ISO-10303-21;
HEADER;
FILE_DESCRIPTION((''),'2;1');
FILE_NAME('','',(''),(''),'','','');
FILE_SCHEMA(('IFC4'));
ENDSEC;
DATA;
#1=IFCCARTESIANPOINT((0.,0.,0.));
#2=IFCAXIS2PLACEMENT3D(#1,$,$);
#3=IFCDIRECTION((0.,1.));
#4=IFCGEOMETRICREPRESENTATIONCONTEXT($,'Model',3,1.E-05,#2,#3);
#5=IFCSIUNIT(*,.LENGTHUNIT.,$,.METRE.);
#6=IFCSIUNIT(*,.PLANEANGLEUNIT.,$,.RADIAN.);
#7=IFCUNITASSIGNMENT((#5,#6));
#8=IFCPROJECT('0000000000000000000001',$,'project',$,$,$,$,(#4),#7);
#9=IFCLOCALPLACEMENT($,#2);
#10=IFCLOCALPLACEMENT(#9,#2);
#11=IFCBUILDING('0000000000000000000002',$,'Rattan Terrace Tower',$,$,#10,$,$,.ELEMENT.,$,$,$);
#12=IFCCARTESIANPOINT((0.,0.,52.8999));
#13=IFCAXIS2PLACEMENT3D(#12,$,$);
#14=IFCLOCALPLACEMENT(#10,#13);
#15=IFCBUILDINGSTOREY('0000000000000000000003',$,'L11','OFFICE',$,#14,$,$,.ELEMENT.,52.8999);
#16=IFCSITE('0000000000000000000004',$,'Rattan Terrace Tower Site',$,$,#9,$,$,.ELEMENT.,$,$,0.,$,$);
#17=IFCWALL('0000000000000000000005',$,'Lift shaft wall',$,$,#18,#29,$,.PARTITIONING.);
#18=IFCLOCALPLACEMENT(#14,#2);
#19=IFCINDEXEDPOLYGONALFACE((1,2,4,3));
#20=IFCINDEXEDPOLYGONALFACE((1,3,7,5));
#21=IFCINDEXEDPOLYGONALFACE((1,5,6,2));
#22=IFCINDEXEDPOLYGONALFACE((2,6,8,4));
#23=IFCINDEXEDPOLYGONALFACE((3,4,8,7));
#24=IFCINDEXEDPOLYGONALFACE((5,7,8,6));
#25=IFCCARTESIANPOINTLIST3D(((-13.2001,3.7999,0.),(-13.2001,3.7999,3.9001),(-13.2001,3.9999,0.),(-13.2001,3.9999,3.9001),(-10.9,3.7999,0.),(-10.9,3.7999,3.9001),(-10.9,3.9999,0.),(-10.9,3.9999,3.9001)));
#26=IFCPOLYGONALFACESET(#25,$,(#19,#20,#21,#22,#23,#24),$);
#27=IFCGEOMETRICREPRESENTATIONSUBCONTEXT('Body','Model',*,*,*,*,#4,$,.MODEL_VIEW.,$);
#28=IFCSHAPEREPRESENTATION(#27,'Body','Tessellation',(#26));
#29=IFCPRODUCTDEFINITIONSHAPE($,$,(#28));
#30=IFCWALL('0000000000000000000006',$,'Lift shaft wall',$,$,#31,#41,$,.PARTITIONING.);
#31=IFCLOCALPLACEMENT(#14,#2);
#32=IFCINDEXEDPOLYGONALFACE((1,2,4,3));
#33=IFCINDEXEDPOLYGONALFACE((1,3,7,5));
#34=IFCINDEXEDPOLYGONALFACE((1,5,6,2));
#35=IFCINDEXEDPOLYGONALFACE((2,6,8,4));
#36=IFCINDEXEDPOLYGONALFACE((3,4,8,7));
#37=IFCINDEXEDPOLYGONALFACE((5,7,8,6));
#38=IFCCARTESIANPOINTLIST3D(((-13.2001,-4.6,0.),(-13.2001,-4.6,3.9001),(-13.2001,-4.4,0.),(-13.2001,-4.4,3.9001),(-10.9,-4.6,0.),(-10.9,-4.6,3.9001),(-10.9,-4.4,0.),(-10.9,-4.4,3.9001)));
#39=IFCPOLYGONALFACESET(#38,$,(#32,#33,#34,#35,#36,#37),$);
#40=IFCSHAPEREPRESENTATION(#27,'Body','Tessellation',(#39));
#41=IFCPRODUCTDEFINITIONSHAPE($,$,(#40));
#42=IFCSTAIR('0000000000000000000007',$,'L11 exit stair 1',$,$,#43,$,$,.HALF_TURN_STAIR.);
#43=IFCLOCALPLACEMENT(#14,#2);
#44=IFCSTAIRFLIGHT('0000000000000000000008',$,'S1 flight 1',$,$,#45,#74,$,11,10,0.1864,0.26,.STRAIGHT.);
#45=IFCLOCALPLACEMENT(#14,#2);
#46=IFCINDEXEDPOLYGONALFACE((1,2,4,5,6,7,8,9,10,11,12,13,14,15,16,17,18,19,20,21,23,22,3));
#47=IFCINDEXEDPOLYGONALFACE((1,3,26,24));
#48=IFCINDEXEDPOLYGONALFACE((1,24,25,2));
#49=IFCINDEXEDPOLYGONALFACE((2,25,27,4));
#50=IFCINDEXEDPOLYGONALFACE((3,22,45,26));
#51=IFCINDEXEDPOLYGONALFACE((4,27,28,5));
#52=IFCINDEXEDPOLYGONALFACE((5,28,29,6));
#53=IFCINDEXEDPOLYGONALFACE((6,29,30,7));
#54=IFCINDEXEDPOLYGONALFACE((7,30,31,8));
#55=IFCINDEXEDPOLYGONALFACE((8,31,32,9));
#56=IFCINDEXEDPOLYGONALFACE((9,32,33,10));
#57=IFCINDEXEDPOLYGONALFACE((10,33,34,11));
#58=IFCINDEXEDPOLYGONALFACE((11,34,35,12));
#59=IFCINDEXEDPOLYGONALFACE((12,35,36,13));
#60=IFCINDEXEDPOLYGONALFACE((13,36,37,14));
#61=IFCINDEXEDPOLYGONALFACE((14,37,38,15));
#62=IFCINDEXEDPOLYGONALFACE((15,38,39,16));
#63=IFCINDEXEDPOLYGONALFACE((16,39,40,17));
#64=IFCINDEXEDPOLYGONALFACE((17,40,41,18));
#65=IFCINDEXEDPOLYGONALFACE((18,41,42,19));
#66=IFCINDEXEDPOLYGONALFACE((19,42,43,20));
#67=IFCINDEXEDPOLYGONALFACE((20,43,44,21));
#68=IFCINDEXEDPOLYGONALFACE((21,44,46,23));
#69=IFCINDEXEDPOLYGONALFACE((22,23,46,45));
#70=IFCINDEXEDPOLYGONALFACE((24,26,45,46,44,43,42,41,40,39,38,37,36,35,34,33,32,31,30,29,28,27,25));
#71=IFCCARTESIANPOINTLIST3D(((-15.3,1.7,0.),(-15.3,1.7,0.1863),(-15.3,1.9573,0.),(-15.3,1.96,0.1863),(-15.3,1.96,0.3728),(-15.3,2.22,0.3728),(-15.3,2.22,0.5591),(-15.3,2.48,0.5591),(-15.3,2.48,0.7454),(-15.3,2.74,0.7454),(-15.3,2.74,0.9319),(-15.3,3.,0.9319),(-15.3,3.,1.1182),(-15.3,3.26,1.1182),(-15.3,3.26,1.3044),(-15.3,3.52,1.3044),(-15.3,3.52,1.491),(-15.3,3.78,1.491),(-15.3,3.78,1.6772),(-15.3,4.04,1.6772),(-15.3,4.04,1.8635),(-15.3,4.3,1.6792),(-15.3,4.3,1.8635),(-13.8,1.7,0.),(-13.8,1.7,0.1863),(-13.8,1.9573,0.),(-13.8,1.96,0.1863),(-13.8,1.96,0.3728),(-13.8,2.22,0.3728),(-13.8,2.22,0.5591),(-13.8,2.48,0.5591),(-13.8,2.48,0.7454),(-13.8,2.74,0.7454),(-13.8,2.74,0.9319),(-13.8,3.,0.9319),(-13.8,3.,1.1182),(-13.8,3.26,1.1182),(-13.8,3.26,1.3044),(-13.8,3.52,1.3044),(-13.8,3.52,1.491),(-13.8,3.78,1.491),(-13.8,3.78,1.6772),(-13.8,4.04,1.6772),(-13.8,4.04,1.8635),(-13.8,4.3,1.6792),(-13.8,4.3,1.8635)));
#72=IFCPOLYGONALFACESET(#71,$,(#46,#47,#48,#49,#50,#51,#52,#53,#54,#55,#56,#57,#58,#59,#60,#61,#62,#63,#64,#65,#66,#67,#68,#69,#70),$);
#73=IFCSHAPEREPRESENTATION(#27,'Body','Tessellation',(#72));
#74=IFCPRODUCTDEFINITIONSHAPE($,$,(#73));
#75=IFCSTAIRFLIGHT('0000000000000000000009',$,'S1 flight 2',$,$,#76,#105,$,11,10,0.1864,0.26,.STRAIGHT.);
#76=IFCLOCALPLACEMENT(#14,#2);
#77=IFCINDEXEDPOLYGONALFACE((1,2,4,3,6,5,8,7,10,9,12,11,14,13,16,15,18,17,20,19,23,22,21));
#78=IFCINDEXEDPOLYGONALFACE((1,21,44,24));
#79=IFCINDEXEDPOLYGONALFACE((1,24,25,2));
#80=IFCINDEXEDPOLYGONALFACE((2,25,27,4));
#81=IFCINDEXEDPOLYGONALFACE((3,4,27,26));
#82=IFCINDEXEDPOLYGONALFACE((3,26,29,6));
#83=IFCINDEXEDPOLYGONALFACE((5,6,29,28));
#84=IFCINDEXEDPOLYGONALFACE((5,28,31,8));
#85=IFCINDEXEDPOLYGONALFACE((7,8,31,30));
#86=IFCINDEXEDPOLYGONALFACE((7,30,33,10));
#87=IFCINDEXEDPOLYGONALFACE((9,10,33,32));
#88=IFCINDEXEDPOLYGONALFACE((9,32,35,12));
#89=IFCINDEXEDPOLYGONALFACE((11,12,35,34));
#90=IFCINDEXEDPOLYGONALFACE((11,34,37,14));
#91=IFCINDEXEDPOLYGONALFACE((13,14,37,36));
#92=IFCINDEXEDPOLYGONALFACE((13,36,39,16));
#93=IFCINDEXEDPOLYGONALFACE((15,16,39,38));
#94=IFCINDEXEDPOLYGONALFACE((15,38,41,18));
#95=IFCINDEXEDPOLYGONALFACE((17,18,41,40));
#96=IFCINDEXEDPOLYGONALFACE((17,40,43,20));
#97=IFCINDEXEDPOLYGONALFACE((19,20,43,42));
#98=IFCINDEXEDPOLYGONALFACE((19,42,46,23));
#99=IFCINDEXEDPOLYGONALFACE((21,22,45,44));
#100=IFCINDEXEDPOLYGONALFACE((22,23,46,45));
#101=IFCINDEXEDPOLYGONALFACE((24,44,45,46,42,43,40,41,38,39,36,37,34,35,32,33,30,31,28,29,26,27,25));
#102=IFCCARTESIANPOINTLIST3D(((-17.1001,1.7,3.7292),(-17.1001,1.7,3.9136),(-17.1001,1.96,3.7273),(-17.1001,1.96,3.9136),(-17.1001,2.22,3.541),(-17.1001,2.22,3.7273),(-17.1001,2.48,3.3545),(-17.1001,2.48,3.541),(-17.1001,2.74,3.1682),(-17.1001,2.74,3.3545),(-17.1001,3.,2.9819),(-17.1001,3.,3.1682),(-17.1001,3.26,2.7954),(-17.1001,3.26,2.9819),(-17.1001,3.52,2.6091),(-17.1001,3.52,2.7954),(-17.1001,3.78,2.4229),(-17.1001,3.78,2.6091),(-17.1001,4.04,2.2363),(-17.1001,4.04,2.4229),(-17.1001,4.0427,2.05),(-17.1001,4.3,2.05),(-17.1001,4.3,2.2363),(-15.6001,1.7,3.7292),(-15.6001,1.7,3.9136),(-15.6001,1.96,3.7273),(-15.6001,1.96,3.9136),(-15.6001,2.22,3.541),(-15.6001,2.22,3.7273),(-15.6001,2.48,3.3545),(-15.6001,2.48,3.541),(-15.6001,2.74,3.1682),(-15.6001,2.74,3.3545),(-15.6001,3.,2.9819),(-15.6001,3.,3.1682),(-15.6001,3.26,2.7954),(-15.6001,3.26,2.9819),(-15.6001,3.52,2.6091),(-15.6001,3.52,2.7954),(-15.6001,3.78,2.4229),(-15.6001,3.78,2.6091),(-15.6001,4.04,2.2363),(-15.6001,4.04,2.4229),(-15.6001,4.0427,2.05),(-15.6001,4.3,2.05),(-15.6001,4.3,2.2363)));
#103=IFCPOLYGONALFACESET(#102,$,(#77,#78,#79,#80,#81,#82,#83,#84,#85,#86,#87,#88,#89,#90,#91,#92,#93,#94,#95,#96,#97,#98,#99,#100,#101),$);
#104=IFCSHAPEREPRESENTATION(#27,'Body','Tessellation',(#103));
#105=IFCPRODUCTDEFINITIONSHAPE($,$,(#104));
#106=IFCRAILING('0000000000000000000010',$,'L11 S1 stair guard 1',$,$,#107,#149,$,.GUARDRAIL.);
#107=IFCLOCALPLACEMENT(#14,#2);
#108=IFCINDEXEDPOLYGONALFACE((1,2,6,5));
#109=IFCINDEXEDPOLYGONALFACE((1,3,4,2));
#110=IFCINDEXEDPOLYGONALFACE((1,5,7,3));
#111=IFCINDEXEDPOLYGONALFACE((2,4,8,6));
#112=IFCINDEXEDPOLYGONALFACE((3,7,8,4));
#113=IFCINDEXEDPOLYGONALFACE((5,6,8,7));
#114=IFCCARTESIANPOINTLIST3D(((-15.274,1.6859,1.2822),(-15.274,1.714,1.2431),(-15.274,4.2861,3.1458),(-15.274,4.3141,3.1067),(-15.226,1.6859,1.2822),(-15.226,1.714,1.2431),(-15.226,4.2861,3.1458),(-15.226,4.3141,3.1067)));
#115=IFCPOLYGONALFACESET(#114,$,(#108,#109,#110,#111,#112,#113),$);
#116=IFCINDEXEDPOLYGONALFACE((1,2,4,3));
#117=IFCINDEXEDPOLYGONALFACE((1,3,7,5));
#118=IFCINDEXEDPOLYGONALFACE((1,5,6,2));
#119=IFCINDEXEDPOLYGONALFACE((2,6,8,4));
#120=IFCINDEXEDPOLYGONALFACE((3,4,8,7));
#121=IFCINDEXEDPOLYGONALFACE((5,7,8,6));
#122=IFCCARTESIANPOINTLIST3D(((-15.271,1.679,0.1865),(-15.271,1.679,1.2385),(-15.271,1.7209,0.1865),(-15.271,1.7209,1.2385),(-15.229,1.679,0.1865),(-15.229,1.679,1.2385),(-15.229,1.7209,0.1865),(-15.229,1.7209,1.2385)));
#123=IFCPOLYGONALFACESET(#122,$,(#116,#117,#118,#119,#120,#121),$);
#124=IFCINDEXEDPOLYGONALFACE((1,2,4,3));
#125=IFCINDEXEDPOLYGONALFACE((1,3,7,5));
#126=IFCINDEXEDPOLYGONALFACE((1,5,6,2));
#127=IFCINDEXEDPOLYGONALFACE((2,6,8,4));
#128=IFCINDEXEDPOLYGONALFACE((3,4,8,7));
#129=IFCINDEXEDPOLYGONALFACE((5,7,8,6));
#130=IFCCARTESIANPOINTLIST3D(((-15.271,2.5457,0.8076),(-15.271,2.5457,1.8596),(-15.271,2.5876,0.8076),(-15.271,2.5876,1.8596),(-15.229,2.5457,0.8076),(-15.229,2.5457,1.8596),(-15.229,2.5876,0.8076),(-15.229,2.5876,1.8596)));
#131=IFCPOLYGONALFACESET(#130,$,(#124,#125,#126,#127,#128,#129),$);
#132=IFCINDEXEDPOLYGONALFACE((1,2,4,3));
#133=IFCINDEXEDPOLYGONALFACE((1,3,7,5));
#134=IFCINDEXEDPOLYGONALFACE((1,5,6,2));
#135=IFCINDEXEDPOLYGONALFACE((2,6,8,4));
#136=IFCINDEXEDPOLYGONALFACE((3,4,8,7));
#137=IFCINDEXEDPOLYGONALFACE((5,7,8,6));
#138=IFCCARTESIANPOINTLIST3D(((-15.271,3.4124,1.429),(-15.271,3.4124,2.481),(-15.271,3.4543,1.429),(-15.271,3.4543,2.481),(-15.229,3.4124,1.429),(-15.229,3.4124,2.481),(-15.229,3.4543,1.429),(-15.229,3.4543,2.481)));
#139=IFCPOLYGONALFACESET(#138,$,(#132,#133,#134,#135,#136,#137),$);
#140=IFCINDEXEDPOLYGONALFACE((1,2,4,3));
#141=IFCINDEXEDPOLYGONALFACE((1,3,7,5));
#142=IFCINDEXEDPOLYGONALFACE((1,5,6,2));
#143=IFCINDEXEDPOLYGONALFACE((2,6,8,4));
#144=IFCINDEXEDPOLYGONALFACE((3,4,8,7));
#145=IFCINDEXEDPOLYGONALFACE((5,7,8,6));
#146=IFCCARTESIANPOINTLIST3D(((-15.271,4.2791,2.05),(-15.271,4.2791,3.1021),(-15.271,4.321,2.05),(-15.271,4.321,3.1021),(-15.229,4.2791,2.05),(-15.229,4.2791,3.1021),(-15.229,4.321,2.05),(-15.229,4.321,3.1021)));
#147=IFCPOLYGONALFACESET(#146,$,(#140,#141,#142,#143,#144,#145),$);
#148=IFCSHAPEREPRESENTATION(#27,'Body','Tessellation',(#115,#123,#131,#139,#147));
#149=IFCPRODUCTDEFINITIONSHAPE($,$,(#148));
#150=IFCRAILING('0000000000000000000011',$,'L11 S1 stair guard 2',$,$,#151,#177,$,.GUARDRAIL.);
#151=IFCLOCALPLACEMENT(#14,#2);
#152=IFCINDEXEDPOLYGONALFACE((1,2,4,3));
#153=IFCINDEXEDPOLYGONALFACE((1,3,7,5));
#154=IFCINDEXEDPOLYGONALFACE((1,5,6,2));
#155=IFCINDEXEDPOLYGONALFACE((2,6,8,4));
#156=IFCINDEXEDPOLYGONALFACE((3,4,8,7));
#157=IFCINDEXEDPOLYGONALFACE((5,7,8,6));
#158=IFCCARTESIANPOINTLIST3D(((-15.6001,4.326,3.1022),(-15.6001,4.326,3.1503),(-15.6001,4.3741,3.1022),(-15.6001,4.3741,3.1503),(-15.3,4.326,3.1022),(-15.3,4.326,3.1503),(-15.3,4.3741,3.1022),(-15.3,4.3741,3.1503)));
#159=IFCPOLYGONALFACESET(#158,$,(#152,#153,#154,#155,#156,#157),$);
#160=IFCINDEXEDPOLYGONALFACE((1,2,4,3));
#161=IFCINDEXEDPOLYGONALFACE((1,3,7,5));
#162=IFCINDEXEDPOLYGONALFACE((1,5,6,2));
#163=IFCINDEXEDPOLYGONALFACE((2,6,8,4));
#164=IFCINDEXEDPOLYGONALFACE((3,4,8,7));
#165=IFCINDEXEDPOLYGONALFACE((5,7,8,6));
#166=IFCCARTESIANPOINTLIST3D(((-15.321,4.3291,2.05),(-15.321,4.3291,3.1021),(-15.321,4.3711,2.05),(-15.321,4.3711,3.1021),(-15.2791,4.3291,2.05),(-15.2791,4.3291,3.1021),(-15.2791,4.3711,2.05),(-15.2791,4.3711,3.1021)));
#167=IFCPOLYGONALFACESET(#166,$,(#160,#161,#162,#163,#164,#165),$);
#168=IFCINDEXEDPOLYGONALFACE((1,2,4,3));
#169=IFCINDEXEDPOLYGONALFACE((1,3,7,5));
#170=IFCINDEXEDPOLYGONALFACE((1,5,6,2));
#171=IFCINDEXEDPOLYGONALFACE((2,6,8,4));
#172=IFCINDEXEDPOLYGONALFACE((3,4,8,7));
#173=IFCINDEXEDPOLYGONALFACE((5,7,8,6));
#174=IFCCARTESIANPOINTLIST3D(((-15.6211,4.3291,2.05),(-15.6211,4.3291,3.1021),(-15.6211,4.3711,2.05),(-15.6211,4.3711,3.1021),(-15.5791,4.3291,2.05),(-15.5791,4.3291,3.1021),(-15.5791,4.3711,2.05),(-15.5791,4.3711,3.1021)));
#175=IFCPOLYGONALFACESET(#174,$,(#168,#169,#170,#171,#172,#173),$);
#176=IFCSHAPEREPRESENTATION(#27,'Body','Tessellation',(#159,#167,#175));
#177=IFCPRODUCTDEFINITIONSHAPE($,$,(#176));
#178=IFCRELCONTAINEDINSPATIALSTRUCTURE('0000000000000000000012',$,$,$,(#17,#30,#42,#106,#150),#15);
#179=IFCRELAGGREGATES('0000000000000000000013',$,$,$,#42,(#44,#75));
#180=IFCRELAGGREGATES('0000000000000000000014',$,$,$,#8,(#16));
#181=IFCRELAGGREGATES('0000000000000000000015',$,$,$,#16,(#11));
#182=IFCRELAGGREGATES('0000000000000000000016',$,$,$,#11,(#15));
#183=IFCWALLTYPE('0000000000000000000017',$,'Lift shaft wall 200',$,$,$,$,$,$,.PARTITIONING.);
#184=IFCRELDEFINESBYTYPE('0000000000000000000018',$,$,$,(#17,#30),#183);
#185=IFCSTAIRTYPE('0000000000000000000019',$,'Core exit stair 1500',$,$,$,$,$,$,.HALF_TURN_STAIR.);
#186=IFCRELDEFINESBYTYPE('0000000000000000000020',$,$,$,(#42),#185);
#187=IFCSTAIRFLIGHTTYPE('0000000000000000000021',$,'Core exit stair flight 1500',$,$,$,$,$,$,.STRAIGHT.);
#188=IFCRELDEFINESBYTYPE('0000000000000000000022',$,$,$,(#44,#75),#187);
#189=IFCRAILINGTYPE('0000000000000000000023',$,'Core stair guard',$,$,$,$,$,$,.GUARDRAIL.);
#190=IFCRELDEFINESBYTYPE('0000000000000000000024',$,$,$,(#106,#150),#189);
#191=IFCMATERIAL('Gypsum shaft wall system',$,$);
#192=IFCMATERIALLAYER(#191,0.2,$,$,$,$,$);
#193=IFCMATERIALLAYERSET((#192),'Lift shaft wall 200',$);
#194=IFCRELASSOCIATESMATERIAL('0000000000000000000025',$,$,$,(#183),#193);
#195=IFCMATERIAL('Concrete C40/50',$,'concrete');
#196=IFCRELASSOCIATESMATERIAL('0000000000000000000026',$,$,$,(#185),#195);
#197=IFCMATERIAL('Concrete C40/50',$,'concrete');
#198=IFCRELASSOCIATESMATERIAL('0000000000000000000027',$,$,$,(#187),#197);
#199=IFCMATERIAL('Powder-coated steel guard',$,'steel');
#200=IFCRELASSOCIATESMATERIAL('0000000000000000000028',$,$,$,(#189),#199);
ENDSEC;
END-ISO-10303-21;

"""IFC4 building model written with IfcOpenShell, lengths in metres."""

from ifc_helpers import new_model, si_unit, direction, frame, frame_2d, origin, origin_2d, place, context, subcontext, project, spatial, polyline, rectangle, outline, extrude, material, layer, layer_set, type_object, element, aggregate, save


model = new_model("IFC4")

# Units and contexts
model_context = context("Model", 3, precision=1e-05, world=origin(), true_north=direction((0.0, 1.0)))
body_context = subcontext(model_context, "Body", "Model", "MODEL_VIEW")
ifc_project = project(units=[si_unit("LENGTHUNIT", "METRE"), si_unit("PLANEANGLEUNIT", "RADIAN")], contexts=[model_context])

# Site, building, storey
site_placement = place(None, origin())
site = spatial("IfcSite", under=ifc_project, at=site_placement, Name="Rattan Terrace Tower Site", CompositionType="ELEMENT", RefElevation=0.0)
building_placement = place(site_placement, origin())
building = spatial("IfcBuilding", under=site, at=building_placement, Name="Rattan Terrace Tower", CompositionType="ELEMENT")
storey_placement = place(building_placement, frame((0.0, 0.0, 52.8999)))
storey = spatial("IfcBuildingStorey", under=building, at=storey_placement, Name="L11", Description="OFFICE", CompositionType="ELEMENT", Elevation=52.8999)

# Walls
ifc_material_1 = material(Name="Gypsum shaft wall system")
ifc_layer_1 = layer(ifc_material_1, 0.2)
ifc_layer_set_1 = layer_set([ifc_layer_1], Name="Lift shaft wall 200")
wall_type_1 = type_object("IfcWallType", Name="Lift shaft wall 200", PredefinedType="PARTITIONING", material=ifc_layer_set_1)
for number, where, z_axis, x_axis, name in (
    (1, (-13.2, 3.8999, 0.0), (0.0, 0.0, 1.0), (1.0, 0.0, 0.0), "Lift shaft wall"),
    (2, (-13.2, -4.5, 0.0), (0.0, 0.0, 1.0), (1.0, 0.0, 0.0), "Lift shaft wall"),
):
    element("IfcWall", number, at=place(storey_placement, frame(where, z_axis=z_axis, x_axis=x_axis)), inside=storey, type_object=wall_type_1, Name=name, PredefinedType="PARTITIONING", context=body_context, shape_type="SweptSolid", body=[
        extrude(rectangle(XDim=2.3, YDim=0.2, at=frame_2d((1.1499, 0.0))), origin(), (0.0, 0.0, 1.0), 3.9001),
    ])

# Stair, stair flights
ifc_material_2 = material(Name="Concrete C40/50", Category="concrete")
stair_type = type_object("IfcStairType", Name="Core exit stair 1500", PredefinedType="HALF_TURN_STAIR", material=ifc_material_2)
stair_placement = place(storey_placement, origin())
stair = element("IfcStair", 3, at=stair_placement, inside=storey, type_object=stair_type, Name="L11 exit stair 1", PredefinedType="HALF_TURN_STAIR")
ifc_material_3 = material(Name="Concrete C40/50", Category="concrete")
stair_flight_type = type_object("IfcStairFlightType", Name="Core exit stair flight 1500", PredefinedType="STRAIGHT", material=ifc_material_3)
stair_flight_1_placement = place(storey_placement, frame((-14.55, 1.7, 0.0), z_axis=(0.0, 0.0, 1.0), x_axis=(0.0, 1.0, 0.0)))
stair_flight_1 = element("IfcStairFlight", 4, at=stair_flight_1_placement, type_object=stair_flight_type, Name="S1 flight 1", NumberOfRisers=11, NumberOfTreads=10, PredefinedType="STRAIGHT", RiserHeight=0.1864, TreadLength=0.26, context=body_context, shape_type="SweptSolid", body=[
    extrude(outline(polyline([(0.0, 0.0), (0.0, 0.1863), (0.26, 0.1863), (0.26, 0.3728), (0.52, 0.3728), (0.52, 0.5591), (0.78, 0.5591), (0.78, 0.7454), (1.04, 0.7454), (1.04, 0.9319), (1.3, 0.9319), (1.3, 1.1182), (1.5601, 1.1182), (1.5601, 1.3044), (1.8201, 1.3044), (1.8201, 1.491), (2.0801, 1.491), (2.0801, 1.6772), (2.3401, 1.6772), (2.3401, 1.8635), (2.6001, 1.8635), (2.6001, 2.05), (2.6001, 1.6792), (0.2573, 0.0), (0.0, 0.0)])), frame((0.0, 0.75, 0.0), z_axis=(0.0, -1.0, 0.0), x_axis=(1.0, 0.0, 0.0)), (0.0, 0.0, 1.0), 1.5),
])
stair_flight_2_placement = place(storey_placement, frame((-16.3501, 4.3, 2.05), z_axis=(0.0, 0.0, 1.0), x_axis=(0.0, -1.0, 0.0)))
stair_flight_2 = element("IfcStairFlight", 5, at=stair_flight_2_placement, type_object=stair_flight_type, Name="S1 flight 2", NumberOfRisers=11, NumberOfTreads=10, PredefinedType="STRAIGHT", RiserHeight=0.1864, TreadLength=0.26, context=body_context, shape_type="SweptSolid", body=[
    extrude(outline(polyline([(0.0, 0.0), (0.0, 0.1863), (0.26, 0.1863), (0.26, 0.3728), (0.52, 0.3728), (0.52, 0.5591), (0.78, 0.5591), (0.78, 0.7454), (1.04, 0.7454), (1.04, 0.9319), (1.3, 0.9319), (1.3, 1.1182), (1.5601, 1.1182), (1.5601, 1.3044), (1.8201, 1.3044), (1.8201, 1.491), (2.0801, 1.491), (2.0801, 1.6772), (2.3401, 1.6772), (2.3401, 1.8635), (2.6001, 1.8635), (2.6001, 2.05), (2.6001, 1.6792), (0.2573, 0.0), (0.0, 0.0)])), frame((0.0, 0.75, 0.0), z_axis=(0.0, -1.0, 0.0), x_axis=(1.0, 0.0, 0.0)), (0.0, 0.0, 1.0), 1.5),
])
aggregate(stair, [stair_flight_1, stair_flight_2])

# Railings
ifc_material_4 = material(Name="Powder-coated steel guard", Category="steel")
railing_type_1 = type_object("IfcRailingType", Name="Core stair guard", PredefinedType="GUARDRAIL", material=ifc_material_4)
railing_1_placement = place(storey_placement, frame((-15.25, 1.7, 0.1865)))
element("IfcRailing", 6, at=railing_1_placement, inside=storey, type_object=railing_type_1, Name="L11 S1 stair guard 1", PredefinedType="GUARDRAIL", context=body_context, shape_type="SweptSolid", body=[
    extrude(rectangle(XDim=0.0481, YDim=0.0481, at=origin_2d()), frame((0.0, 0.0, 1.0762), z_axis=(0.0, 0.812799, 0.582544), x_axis=(-1.0, 0.0, 0.0)), (0.0, 0.0, 1.0), 3.199),
    extrude(rectangle(XDim=0.042, YDim=0.042, at=origin_2d()), origin(), (0.0, 0.0, 1.0), 1.052),
    extrude(rectangle(XDim=0.042, YDim=0.042, at=origin_2d()), frame((0.0, 0.8667, 0.6211)), (0.0, 0.0, 1.0), 1.052),
    extrude(rectangle(XDim=0.042, YDim=0.042, at=origin_2d()), frame((0.0, 1.7334, 1.2424)), (0.0, 0.0, 1.0), 1.052),
    extrude(rectangle(XDim=0.042, YDim=0.042, at=origin_2d()), frame((0.0, 2.6001, 1.8635)), (0.0, 0.0, 1.0), 1.052),
])
railing_2_placement = place(storey_placement, frame((-15.3, 4.3501, 2.05)))
element("IfcRailing", 7, at=railing_2_placement, inside=storey, type_object=railing_type_1, Name="L11 S1 stair guard 2", PredefinedType="GUARDRAIL", context=body_context, shape_type="SweptSolid", body=[
    extrude(rectangle(XDim=0.0481, YDim=0.0481, at=origin_2d()), frame((0.0, 0.0, 1.0762), z_axis=(-1.0, 0.0, 0.0), x_axis=(0.0, -1.0, 0.0)), (0.0, 0.0, 1.0), 0.3),
    extrude(rectangle(XDim=0.042, YDim=0.042, at=origin_2d()), origin(), (0.0, 0.0, 1.0), 1.052),
    extrude(rectangle(XDim=0.042, YDim=0.042, at=origin_2d()), frame((-0.3, 0.0, 0.0)), (0.0, 0.0, 1.0), 1.052),
])

save(model, "model.ifc")
